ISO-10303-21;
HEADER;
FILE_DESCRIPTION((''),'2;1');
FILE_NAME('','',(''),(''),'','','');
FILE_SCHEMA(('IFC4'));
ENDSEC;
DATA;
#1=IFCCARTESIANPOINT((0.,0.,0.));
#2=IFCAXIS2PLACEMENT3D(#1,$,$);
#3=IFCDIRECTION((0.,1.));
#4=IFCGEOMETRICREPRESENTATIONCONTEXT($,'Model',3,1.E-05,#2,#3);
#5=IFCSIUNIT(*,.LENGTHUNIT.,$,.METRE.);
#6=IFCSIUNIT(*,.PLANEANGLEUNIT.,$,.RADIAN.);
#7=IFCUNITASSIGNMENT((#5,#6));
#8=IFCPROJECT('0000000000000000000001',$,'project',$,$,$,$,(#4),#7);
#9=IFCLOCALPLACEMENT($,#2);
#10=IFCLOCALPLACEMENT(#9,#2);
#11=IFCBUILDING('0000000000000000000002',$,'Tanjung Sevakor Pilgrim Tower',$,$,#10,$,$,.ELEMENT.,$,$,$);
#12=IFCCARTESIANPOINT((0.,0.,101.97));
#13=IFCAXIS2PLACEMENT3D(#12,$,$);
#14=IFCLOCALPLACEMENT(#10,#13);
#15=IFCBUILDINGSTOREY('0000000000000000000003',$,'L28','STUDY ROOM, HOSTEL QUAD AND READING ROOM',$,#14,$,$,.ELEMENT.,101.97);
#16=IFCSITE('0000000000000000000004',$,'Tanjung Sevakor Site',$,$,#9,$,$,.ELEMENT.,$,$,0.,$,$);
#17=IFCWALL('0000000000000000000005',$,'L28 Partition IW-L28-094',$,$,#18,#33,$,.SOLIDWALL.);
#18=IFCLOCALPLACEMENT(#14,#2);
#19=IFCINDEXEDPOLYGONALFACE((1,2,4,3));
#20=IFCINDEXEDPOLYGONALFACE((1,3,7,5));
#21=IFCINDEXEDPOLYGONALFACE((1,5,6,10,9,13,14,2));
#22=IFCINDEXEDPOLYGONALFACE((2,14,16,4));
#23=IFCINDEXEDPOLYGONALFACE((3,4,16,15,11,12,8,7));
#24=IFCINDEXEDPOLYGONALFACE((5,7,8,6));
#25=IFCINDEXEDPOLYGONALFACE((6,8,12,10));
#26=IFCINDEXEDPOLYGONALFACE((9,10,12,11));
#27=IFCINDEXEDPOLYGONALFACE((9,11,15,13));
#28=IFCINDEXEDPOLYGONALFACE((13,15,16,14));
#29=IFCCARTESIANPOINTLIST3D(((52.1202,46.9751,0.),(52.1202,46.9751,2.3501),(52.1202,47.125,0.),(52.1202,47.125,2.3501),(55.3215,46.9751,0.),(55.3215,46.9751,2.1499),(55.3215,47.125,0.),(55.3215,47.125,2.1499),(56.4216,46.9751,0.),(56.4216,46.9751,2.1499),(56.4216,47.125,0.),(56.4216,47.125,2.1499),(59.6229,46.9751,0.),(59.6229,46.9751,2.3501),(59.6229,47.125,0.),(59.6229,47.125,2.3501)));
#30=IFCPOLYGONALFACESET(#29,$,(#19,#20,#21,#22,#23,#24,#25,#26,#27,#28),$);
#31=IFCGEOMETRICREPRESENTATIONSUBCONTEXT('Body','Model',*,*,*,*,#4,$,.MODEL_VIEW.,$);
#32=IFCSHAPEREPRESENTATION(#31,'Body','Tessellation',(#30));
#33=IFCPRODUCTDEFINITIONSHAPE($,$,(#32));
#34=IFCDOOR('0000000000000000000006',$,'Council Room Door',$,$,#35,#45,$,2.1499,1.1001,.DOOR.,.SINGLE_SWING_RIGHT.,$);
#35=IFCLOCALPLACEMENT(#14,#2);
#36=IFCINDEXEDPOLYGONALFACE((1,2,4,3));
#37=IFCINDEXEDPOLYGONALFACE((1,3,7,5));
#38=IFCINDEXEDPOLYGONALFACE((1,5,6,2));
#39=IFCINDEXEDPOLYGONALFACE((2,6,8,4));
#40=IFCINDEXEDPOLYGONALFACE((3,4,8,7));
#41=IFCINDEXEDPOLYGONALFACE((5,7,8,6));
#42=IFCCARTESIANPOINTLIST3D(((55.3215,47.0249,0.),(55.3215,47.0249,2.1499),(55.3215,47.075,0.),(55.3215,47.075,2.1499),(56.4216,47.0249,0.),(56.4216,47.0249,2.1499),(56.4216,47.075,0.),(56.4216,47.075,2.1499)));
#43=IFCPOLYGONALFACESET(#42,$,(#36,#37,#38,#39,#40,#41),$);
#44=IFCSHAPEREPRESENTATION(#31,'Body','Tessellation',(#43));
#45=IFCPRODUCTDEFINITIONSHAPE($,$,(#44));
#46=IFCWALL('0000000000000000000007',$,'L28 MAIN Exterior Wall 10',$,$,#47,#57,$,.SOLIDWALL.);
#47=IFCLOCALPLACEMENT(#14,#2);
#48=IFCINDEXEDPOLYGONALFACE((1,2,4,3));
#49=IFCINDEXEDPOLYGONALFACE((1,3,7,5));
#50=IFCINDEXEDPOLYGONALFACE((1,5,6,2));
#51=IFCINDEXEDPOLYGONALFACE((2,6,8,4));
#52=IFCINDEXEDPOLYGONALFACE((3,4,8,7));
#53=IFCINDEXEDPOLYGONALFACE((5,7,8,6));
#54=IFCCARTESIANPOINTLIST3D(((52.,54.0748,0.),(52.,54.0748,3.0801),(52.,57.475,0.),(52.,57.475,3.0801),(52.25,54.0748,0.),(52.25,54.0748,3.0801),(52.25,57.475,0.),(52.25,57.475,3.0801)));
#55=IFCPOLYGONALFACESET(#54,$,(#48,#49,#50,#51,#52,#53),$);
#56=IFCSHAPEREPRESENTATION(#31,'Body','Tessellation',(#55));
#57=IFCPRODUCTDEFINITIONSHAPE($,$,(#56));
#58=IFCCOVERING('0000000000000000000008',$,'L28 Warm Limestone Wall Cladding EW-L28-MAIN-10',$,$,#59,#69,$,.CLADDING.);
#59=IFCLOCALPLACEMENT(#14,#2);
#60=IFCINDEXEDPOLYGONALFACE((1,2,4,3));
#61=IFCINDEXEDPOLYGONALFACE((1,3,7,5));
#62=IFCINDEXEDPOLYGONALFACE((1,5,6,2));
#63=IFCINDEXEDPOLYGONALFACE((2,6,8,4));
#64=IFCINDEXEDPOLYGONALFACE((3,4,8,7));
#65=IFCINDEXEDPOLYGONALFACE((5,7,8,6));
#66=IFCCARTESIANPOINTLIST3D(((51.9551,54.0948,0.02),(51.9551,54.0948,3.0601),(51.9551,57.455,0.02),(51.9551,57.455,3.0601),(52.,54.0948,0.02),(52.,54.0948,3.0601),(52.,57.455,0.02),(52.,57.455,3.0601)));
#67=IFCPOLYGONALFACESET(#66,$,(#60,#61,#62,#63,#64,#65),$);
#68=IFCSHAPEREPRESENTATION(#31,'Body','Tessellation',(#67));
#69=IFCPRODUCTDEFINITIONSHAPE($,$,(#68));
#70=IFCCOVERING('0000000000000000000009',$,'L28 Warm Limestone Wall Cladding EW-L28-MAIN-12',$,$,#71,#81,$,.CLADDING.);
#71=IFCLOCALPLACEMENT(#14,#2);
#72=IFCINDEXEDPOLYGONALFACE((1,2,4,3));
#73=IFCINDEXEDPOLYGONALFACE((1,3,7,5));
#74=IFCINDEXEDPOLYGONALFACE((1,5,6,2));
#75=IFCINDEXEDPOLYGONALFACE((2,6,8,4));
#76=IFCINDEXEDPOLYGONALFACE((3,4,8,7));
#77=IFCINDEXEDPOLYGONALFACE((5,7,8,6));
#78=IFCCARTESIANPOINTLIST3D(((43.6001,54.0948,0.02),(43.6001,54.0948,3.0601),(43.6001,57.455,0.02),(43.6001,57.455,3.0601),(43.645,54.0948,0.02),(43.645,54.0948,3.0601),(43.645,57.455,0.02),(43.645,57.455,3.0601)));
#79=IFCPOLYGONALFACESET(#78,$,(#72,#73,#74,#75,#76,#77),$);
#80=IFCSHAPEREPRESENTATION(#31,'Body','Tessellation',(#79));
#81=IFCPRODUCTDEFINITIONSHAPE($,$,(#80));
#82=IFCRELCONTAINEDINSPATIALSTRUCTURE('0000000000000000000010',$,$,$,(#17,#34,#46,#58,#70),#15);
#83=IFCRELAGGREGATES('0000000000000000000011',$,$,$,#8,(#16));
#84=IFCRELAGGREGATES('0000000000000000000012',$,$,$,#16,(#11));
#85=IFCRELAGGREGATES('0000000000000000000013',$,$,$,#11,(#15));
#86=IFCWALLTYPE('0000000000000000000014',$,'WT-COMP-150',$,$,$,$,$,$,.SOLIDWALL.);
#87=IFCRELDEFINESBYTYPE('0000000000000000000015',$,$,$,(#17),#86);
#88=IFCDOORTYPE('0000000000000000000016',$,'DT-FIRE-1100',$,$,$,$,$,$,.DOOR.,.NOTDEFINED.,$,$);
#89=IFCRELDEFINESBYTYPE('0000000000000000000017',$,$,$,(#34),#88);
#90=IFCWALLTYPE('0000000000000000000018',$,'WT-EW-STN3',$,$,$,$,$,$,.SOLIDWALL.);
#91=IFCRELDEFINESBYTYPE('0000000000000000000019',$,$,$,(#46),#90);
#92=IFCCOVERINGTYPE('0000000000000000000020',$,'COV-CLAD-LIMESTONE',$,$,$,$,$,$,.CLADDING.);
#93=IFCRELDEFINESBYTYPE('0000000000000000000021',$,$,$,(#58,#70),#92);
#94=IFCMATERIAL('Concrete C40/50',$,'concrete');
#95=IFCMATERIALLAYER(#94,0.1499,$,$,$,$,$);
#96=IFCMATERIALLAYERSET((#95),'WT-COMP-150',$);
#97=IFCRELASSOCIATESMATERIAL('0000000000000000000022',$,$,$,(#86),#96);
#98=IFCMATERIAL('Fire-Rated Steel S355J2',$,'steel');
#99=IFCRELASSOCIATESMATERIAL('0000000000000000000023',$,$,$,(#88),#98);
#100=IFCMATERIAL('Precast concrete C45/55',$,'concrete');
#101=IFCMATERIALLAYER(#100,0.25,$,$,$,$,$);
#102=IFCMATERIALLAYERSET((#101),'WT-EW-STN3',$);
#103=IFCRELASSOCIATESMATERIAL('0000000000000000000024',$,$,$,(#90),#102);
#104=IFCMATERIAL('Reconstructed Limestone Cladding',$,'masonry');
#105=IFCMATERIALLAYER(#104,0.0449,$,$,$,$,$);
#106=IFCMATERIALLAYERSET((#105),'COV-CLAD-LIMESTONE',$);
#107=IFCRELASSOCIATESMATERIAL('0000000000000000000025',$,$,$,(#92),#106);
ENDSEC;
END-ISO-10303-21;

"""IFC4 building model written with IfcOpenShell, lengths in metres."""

from ifc_helpers import new_model, si_unit, direction, frame, frame_2d, origin, origin_2d, place, context, subcontext, project, spatial, rectangle, extrude, material, layer, layer_set, type_object, element, fill, save


model = new_model("IFC4")

# Units and contexts
model_context = context("Model", 3, precision=1e-05, world=origin(), true_north=direction((0.0, 1.0)))
body_context = subcontext(model_context, "Body", "Model", "MODEL_VIEW")
ifc_project = project(units=[si_unit("LENGTHUNIT", "METRE"), si_unit("PLANEANGLEUNIT", "RADIAN")], contexts=[model_context])

# Site, building, storey
site_placement = place(None, origin())
site = spatial("IfcSite", under=ifc_project, at=site_placement, Name="Tanjung Sevakor Site", CompositionType="ELEMENT", RefElevation=0.0)
building_placement = place(site_placement, origin())
building = spatial("IfcBuilding", under=site, at=building_placement, Name="Tanjung Sevakor Pilgrim Tower", CompositionType="ELEMENT")
storey_placement = place(building_placement, frame((0.0, 0.0, 101.97)))
storey = spatial("IfcBuildingStorey", under=building, at=storey_placement, Name="L28", Description="STUDY ROOM, HOSTEL QUAD AND READING ROOM", CompositionType="ELEMENT", Elevation=101.97)

# Shared definitions
ifc_material_1 = material(Name="Concrete C40/50", Category="concrete")
ifc_layer_1 = layer(ifc_material_1, 0.1499)
ifc_layer_set_1 = layer_set([ifc_layer_1], Name="WT-COMP-150")
wall_type_1 = type_object("IfcWallType", Name="WT-COMP-150", PredefinedType="SOLIDWALL", material=ifc_layer_set_1)

# Wall, opening, door
wall_1_placement = place(storey_placement, frame((52.1201, 47.05, 0.0), z_axis=(0.0, 0.0, 1.0), x_axis=(1.0, 0.0, 0.0)))
wall_1 = element("IfcWall", 1, at=wall_1_placement, inside=storey, type_object=wall_type_1, Name="L28 Partition IW-L28-094", PredefinedType="SOLIDWALL", context=body_context, shape_type="SweptSolid", body=[
    extrude(rectangle(XDim=7.5027, YDim=0.1499, at=frame_2d((3.7515, 0.0))), origin(), (0.0, 0.0, 1.0), 2.3501),
])
opening_1_placement = place(wall_1_placement, frame((3.2014, 0.0, 0.0)))
opening_1 = element("IfcOpeningElement", 2, at=opening_1_placement, cuts=wall_1, PredefinedType="OPENING", context=body_context, shape_type="SweptSolid", body=[
    extrude(rectangle(XDim=1.1001, YDim=2.1499, at=frame_2d((0.55, 1.075))), frame((0.0, 0.085, 0.0), z_axis=(0.0, -1.0, 0.0), x_axis=(1.0, 0.0, 0.0)), (0.0, 0.0, 1.0), 0.1699),
])
ifc_material_2 = material(Name="Fire-Rated Steel S355J2", Category="steel")
door_type_1 = type_object("IfcDoorType", Name="DT-FIRE-1100", OperationType="NOTDEFINED", PredefinedType="DOOR", material=ifc_material_2)
door_1_placement = place(opening_1_placement, origin())
door_1 = element("IfcDoor", 3, at=door_1_placement, inside=storey, type_object=door_type_1, Name="Council Room Door", OperationType="SINGLE_SWING_RIGHT", OverallHeight=2.1499, OverallWidth=1.1001, PredefinedType="DOOR", context=body_context, shape_type="SweptSolid", body=[
    extrude(rectangle(XDim=1.1001, YDim=2.1499, at=frame_2d((0.55, 1.075))), frame((0.0, 0.0249, 0.0), z_axis=(0.0, -1.0, 0.0), x_axis=(1.0, 0.0, 0.0)), (0.0, 0.0, 1.0), 0.05),
])
fill(opening_1, door_1)

# Wall
ifc_material_3 = material(Name="Precast concrete C45/55", Category="concrete")
ifc_layer_2 = layer(ifc_material_3, 0.25)
ifc_layer_set_2 = layer_set([ifc_layer_2], Name="WT-EW-STN3")
wall_type_2 = type_object("IfcWallType", Name="WT-EW-STN3", PredefinedType="SOLIDWALL", material=ifc_layer_set_2)
wall_2_placement = place(storey_placement, frame((52.125, 57.4751, 0.0), z_axis=(0.0, 0.0, 1.0), x_axis=(0.0, -1.0, 0.0)))
element("IfcWall", 4, at=wall_2_placement, inside=storey, type_object=wall_type_2, Name="L28 MAIN Exterior Wall 10", PredefinedType="SOLIDWALL", context=body_context, shape_type="SweptSolid", body=[
    extrude(rectangle(XDim=3.4001, YDim=0.25, at=frame_2d((1.7002, 0.0))), origin(), (0.0, 0.0, 1.0), 3.0801),
])

# Coverings
ifc_material_4 = material(Name="Reconstructed Limestone Cladding", Category="masonry")
ifc_layer_3 = layer(ifc_material_4, 0.0449)
ifc_layer_set_3 = layer_set([ifc_layer_3], Name="COV-CLAD-LIMESTONE")
covering_type = type_object("IfcCoveringType", Name="COV-CLAD-LIMESTONE", PredefinedType="CLADDING", material=ifc_layer_set_3)
for number, where, z_axis, x_axis, name in (
    (5, (51.9775, 55.7749, 0.02), (0.0, 0.0, 1.0), (0.0, -1.0, 0.0), "L28 Warm Limestone Wall Cladding EW-L28-MAIN-10"),
    (6, (43.6226, 55.7749, 0.02), (0.0, 0.0, 1.0), (0.0, 1.0, 0.0), "L28 Warm Limestone Wall Cladding EW-L28-MAIN-12"),
):
    element("IfcCovering", number, at=place(storey_placement, frame(where, z_axis=z_axis, x_axis=x_axis)), inside=storey, type_object=covering_type, Name=name, PredefinedType="CLADDING", context=body_context, shape_type="SweptSolid", body=[
        extrude(rectangle(XDim=3.3601, YDim=0.0449, at=origin_2d()), origin(), (0.0, 0.0, 1.0), 3.04),
    ])

save(model, "model.ifc")
